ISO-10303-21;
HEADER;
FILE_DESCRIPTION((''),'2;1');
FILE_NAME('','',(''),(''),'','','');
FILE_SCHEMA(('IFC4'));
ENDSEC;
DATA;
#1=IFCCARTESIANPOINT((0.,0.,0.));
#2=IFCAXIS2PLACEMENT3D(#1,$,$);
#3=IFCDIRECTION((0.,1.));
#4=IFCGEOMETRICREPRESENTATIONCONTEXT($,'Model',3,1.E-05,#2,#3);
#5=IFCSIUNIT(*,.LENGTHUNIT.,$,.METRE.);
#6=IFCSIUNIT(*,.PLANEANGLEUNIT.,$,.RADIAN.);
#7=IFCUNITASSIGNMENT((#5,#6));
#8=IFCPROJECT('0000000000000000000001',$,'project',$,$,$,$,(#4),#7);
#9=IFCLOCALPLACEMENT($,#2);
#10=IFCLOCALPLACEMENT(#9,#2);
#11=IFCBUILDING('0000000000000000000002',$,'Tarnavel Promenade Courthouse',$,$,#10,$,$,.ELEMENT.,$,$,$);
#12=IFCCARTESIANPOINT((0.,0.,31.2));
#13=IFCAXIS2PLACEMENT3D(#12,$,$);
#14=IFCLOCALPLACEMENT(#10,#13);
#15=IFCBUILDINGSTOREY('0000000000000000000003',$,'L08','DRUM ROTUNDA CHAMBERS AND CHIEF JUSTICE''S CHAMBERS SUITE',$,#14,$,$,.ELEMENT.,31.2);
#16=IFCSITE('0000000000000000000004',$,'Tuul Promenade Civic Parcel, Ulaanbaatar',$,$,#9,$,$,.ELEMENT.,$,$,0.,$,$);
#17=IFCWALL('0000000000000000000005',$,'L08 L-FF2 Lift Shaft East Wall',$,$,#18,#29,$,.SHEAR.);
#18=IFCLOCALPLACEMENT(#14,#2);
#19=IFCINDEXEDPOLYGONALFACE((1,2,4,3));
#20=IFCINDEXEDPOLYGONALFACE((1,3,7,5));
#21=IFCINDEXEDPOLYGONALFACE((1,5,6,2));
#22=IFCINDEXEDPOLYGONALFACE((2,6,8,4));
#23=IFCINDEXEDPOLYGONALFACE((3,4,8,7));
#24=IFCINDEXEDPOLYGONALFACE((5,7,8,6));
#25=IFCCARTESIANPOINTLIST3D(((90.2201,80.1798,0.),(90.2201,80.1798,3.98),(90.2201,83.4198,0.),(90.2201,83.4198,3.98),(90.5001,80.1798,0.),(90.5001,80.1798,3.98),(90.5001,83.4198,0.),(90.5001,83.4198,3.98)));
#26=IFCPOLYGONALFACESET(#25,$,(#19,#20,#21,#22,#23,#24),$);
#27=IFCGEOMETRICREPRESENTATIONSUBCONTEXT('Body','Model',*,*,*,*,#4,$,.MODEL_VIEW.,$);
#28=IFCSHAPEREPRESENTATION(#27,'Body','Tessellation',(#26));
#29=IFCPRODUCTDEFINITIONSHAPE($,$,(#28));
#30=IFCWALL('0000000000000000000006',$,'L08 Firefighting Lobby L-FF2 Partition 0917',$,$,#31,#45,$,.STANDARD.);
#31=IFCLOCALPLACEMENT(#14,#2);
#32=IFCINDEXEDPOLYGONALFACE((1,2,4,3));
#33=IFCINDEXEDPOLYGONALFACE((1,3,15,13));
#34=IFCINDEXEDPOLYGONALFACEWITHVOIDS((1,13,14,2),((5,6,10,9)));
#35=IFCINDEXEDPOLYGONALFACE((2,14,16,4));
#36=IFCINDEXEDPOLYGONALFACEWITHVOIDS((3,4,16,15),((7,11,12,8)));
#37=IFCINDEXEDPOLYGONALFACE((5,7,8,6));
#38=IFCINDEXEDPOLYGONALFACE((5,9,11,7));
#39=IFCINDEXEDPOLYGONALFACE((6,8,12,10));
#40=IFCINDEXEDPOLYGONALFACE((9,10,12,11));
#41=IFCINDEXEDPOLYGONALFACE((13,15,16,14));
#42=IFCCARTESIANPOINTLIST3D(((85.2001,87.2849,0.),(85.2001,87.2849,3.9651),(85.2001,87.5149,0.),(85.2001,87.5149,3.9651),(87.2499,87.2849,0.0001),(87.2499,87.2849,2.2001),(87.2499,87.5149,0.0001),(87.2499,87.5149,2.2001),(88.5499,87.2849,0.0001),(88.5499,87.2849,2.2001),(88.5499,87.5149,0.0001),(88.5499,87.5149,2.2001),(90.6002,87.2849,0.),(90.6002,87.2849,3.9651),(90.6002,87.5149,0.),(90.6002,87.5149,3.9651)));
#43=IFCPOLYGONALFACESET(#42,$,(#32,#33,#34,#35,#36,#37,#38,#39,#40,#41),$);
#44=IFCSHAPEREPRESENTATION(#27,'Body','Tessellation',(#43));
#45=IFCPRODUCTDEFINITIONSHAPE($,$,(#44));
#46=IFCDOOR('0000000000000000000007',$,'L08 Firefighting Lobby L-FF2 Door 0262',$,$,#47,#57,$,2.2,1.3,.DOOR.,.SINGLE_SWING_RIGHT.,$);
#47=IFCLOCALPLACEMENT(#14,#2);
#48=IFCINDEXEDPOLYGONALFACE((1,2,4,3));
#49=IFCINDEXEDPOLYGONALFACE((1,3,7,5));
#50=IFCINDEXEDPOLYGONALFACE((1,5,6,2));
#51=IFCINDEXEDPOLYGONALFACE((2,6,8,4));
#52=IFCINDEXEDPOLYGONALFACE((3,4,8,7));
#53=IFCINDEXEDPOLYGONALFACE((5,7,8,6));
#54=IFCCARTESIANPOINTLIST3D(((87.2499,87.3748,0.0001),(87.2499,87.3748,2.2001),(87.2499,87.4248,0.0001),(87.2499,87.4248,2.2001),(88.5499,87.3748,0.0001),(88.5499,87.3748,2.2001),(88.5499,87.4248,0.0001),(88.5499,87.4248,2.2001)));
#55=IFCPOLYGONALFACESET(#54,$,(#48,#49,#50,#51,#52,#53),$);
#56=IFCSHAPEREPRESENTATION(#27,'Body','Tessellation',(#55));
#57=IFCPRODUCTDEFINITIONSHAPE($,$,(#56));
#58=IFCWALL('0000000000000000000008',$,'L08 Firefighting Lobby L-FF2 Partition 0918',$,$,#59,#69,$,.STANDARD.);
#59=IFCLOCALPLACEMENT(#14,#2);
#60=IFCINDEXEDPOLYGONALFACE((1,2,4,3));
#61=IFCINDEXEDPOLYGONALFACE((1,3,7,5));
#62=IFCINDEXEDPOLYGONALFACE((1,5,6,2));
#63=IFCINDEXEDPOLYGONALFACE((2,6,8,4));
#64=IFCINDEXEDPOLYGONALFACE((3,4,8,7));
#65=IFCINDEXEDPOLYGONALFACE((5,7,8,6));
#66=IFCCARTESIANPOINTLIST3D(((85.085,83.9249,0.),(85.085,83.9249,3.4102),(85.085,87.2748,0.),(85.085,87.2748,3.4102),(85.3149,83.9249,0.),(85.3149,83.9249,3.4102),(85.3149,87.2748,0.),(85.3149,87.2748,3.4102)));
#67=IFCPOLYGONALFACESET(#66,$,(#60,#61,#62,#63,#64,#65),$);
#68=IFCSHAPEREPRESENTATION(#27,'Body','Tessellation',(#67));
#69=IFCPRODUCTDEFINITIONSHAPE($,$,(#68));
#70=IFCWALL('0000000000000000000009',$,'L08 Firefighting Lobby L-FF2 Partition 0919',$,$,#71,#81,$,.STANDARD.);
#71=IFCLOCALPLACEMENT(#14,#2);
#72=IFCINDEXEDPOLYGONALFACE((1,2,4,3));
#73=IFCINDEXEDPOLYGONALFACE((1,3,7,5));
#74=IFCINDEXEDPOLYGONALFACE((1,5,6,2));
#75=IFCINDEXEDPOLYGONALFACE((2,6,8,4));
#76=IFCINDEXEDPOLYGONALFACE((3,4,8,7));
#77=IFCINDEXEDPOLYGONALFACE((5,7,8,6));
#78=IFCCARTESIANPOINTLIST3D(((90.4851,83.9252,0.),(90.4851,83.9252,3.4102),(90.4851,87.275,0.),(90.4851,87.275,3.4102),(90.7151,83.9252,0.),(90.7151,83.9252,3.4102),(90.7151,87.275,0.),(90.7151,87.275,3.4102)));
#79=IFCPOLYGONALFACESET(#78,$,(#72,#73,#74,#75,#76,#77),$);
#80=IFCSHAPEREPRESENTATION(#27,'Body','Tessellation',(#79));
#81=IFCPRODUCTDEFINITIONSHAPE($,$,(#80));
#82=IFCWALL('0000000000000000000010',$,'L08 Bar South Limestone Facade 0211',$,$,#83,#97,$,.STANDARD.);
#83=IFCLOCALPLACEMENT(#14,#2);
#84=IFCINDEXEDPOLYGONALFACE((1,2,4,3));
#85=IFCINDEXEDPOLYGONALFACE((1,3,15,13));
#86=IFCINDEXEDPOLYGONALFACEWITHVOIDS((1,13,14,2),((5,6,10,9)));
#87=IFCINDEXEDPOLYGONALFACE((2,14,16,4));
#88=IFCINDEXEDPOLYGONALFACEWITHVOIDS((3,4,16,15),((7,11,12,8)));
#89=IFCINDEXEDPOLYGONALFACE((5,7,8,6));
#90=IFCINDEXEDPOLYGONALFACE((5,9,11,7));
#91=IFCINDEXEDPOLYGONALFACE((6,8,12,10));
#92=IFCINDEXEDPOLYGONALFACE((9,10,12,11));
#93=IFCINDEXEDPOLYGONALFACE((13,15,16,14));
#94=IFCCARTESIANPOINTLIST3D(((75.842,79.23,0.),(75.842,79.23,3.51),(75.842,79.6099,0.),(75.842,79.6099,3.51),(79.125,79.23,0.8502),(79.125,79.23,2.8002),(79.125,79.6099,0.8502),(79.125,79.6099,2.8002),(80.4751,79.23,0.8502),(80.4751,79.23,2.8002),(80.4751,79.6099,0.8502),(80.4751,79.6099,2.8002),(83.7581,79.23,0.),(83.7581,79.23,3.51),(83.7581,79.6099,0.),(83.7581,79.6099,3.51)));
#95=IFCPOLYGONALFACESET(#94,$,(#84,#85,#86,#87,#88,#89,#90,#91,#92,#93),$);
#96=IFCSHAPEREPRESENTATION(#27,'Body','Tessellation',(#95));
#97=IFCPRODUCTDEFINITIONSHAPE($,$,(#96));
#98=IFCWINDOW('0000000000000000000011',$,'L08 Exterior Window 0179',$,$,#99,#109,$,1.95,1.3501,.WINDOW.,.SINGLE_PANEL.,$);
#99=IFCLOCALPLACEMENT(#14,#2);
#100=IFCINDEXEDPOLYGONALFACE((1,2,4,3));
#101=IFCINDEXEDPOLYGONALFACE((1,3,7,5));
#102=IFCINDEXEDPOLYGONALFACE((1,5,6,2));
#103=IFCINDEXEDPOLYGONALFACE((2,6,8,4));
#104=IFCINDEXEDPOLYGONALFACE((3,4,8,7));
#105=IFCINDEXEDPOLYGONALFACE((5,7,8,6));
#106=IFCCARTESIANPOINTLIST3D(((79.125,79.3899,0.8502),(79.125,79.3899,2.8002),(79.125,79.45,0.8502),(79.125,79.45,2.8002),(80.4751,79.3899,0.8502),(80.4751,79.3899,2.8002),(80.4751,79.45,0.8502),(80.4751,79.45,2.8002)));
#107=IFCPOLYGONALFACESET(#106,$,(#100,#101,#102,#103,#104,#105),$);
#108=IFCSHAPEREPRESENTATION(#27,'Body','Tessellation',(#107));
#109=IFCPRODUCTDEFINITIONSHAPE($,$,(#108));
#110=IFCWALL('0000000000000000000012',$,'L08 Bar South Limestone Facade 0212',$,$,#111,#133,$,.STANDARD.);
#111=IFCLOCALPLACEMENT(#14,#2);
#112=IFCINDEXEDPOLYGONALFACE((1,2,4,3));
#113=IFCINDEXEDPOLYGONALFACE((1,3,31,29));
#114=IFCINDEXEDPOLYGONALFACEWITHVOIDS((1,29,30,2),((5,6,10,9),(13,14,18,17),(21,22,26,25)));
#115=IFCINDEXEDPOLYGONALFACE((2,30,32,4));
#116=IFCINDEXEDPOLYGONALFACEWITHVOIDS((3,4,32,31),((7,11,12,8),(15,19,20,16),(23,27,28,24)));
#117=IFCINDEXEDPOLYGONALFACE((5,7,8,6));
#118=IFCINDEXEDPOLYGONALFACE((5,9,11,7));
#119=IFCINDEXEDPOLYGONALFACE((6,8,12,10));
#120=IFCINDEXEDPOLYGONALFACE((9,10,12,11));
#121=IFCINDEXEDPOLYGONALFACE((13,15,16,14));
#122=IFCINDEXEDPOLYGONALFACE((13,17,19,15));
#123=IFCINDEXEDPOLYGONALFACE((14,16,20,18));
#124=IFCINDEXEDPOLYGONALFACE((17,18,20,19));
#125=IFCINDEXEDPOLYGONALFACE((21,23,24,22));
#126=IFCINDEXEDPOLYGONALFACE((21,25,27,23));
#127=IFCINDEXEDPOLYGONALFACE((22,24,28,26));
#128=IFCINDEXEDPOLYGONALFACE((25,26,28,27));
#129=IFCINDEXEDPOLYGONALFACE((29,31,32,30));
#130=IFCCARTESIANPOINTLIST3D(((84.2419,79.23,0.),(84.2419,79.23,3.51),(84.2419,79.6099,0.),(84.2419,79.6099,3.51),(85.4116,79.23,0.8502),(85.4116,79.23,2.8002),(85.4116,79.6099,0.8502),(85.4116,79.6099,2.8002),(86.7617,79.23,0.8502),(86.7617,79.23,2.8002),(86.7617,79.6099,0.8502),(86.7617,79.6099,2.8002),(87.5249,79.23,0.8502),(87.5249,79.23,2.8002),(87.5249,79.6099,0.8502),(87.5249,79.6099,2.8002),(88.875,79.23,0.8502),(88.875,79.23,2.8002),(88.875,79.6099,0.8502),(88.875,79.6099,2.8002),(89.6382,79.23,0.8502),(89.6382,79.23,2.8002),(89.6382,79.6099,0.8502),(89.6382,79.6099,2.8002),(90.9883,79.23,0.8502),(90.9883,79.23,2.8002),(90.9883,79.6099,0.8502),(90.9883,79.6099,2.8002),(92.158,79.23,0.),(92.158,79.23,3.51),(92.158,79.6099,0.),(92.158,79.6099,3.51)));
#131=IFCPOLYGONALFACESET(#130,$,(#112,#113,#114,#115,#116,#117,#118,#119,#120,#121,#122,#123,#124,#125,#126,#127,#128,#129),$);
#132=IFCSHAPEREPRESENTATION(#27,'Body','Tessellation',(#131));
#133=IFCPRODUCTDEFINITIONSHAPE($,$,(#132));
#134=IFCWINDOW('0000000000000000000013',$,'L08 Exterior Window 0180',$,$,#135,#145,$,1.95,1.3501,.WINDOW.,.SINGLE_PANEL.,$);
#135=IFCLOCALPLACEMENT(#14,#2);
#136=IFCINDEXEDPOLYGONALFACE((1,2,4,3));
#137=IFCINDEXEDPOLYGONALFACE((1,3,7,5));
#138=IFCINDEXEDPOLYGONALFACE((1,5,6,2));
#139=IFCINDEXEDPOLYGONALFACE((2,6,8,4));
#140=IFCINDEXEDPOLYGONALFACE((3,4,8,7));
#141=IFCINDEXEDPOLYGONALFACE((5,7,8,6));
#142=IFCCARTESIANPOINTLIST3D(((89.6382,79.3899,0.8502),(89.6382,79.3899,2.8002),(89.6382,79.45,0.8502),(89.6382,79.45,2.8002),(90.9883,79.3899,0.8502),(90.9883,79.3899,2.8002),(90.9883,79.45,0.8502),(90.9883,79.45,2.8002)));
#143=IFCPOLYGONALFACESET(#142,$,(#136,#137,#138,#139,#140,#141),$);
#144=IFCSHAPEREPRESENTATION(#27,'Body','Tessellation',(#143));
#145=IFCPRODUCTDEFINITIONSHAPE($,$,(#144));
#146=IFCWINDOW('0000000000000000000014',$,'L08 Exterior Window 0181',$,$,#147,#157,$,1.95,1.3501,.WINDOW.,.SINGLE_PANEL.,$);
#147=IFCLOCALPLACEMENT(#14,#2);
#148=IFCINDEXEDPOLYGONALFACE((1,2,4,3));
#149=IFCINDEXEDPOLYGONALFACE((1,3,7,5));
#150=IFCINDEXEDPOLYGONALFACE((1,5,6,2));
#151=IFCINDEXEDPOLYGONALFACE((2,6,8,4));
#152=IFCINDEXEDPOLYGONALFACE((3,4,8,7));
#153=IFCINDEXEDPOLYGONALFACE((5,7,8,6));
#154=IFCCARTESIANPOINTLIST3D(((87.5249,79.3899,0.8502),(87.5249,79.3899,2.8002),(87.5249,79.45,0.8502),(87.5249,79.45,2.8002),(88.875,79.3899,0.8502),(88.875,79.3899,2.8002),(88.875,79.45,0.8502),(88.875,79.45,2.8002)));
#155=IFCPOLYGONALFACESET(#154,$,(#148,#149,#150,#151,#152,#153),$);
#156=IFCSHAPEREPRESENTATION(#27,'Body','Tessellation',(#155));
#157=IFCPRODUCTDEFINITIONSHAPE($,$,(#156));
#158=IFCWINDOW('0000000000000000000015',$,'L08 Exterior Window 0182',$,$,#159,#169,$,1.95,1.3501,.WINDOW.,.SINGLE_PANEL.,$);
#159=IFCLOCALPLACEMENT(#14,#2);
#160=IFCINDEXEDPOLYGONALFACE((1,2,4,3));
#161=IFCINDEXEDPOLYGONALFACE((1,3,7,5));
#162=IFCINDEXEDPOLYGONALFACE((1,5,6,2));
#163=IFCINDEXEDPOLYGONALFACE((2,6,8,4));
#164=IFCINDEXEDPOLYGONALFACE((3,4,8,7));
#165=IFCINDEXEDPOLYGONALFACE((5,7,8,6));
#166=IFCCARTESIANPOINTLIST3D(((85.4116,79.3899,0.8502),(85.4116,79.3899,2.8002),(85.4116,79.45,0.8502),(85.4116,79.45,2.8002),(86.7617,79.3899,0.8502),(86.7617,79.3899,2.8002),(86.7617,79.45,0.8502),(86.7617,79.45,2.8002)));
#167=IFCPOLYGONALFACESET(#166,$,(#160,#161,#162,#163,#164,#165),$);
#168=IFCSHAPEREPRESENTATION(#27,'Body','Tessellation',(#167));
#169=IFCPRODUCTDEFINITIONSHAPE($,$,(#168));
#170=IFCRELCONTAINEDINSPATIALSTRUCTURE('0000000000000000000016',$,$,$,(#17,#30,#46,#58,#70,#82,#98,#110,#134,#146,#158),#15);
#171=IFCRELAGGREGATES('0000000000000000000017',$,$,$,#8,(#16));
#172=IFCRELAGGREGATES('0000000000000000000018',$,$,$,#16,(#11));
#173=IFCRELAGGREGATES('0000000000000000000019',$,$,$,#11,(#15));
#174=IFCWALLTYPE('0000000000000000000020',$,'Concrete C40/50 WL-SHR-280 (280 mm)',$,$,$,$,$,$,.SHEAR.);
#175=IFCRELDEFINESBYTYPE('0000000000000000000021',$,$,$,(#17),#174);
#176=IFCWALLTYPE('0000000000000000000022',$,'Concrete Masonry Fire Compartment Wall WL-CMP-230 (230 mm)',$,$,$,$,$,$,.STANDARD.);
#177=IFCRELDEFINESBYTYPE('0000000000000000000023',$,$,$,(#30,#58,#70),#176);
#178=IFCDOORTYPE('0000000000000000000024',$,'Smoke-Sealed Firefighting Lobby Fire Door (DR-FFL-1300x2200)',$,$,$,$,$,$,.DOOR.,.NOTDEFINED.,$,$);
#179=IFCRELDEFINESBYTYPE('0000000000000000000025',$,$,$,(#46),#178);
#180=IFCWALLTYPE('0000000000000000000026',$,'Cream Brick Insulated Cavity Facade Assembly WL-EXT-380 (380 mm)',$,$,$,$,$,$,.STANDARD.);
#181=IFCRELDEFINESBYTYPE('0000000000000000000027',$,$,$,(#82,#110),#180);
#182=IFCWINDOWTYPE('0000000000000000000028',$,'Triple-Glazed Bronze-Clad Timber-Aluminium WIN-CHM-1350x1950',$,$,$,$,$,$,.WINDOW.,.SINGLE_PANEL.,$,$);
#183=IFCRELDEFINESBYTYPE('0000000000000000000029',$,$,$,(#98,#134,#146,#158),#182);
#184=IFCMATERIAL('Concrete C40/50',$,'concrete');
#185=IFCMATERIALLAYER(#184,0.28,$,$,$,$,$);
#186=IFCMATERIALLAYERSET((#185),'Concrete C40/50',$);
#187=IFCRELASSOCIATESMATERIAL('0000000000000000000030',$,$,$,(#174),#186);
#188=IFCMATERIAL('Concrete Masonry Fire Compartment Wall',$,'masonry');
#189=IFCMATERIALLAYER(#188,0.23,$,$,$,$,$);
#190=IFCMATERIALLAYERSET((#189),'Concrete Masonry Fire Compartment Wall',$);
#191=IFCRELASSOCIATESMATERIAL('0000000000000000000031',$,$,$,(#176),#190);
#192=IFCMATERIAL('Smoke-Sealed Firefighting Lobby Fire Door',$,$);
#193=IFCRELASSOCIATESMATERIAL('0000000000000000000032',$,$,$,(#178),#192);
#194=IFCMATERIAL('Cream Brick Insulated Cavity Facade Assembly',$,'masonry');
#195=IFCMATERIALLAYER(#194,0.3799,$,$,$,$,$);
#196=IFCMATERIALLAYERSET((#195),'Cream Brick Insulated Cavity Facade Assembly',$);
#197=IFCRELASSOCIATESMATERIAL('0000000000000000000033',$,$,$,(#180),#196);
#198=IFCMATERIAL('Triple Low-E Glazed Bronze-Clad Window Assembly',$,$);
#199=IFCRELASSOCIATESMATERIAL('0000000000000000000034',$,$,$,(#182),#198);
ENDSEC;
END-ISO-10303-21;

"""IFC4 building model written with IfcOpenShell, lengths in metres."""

from ifc_helpers import new_model, si_unit, direction, frame, frame_2d, origin, place, context, subcontext, project, spatial, rectangle, extrude, material, layer, layer_set, type_object, element, fill, save


model = new_model("IFC4")

# Units and contexts
model_context = context("Model", 3, precision=1e-05, world=origin(), true_north=direction((0.0, 1.0)))
body_context = subcontext(model_context, "Body", "Model", "MODEL_VIEW")
ifc_project = project(units=[si_unit("LENGTHUNIT", "METRE"), si_unit("PLANEANGLEUNIT", "RADIAN")], contexts=[model_context])

# Site, building, storey
site_placement = place(None, origin())
site = spatial("IfcSite", under=ifc_project, at=site_placement, Name="Tuul Promenade Civic Parcel, Ulaanbaatar", CompositionType="ELEMENT", RefElevation=0.0)
building_placement = place(site_placement, origin())
building = spatial("IfcBuilding", under=site, at=building_placement, Name="Tarnavel Promenade Courthouse", CompositionType="ELEMENT")
storey_placement = place(building_placement, frame((0.0, 0.0, 31.2)))
storey = spatial("IfcBuildingStorey", under=building, at=storey_placement, Name="L08", Description="DRUM ROTUNDA CHAMBERS AND CHIEF JUSTICE'S CHAMBERS SUITE", CompositionType="ELEMENT", Elevation=31.2)

# Shared definitions
ifc_material_1 = material(Name="Concrete C40/50", Category="concrete")

# Shared definitions
ifc_layer_1 = layer(ifc_material_1, 0.28)
ifc_layer_set_1 = layer_set([ifc_layer_1], Name="Concrete C40/50")
wall_type_1 = type_object("IfcWallType", Name="Concrete C40/50 WL-SHR-280 (280 mm)", PredefinedType="SHEAR", material=ifc_layer_set_1)

# Wall
for number, where, z_axis, x_axis, name in (
    (1, (90.3601, 83.4199, 0.0), (0.0, 0.0, 1.0), (0.0, -1.0, 0.0), "L08 L-FF2 Lift Shaft East Wall"),
):
    element("IfcWall", number, at=place(storey_placement, frame(where, z_axis=z_axis, x_axis=x_axis)), inside=storey, type_object=wall_type_1, Name=name, PredefinedType="SHEAR", context=body_context, shape_type="SweptSolid", body=[
        extrude(rectangle(XDim=3.24, YDim=0.28, at=frame_2d((1.6201, 0.0))), origin(), (0.0, 0.0, 1.0), 3.98),
    ])

# Wall, opening, door
ifc_material_2 = material(Name="Concrete Masonry Fire Compartment Wall", Category="masonry")
ifc_layer_2 = layer(ifc_material_2, 0.23)
ifc_layer_set_2 = layer_set([ifc_layer_2], Name="Concrete Masonry Fire Compartment Wall")
wall_type_2 = type_object("IfcWallType", Name="Concrete Masonry Fire Compartment Wall WL-CMP-230 (230 mm)", PredefinedType="STANDARD", material=ifc_layer_set_2)
wall_1_placement = place(storey_placement, frame((85.2, 87.3999, 0.0), z_axis=(0.0, 0.0, 1.0), x_axis=(1.0, 0.0, 0.0)))
wall_1 = element("IfcWall", 2, at=wall_1_placement, inside=storey, type_object=wall_type_2, Name="L08 Firefighting Lobby L-FF2 Partition 0917", PredefinedType="STANDARD", context=body_context, shape_type="SweptSolid", body=[
    extrude(rectangle(XDim=5.4001, YDim=0.23, at=frame_2d((2.7002, 0.0))), origin(), (0.0, 0.0, 1.0), 3.9651),
])
opening_1_placement = place(wall_1_placement, frame((2.05, 0.0, 0.0)))
opening_1 = element("IfcOpeningElement", 3, at=opening_1_placement, cuts=wall_1, PredefinedType="OPENING", context=body_context, shape_type="SweptSolid", body=[
    extrude(rectangle(XDim=1.3, YDim=2.2, at=frame_2d((0.6499, 1.1001))), frame((0.0, 0.125, 0.0), z_axis=(0.0, -1.0, 0.0), x_axis=(1.0, 0.0, 0.0)), (0.0, 0.0, 1.0), 0.25),
])
ifc_material_3 = material(Name="Smoke-Sealed Firefighting Lobby Fire Door")
door_type_1 = type_object("IfcDoorType", Name="Smoke-Sealed Firefighting Lobby Fire Door (DR-FFL-1300x2200)", OperationType="NOTDEFINED", PredefinedType="DOOR", material=ifc_material_3)
door_1_placement = place(opening_1_placement, origin())
door_1 = element("IfcDoor", 4, at=door_1_placement, inside=storey, type_object=door_type_1, Name="L08 Firefighting Lobby L-FF2 Door 0262", OperationType="SINGLE_SWING_RIGHT", OverallHeight=2.2, OverallWidth=1.3, PredefinedType="DOOR", context=body_context, shape_type="SweptSolid", body=[
    extrude(rectangle(XDim=1.3, YDim=2.2, at=frame_2d((0.6499, 1.1001))), frame((0.0, 0.0249, 0.0), z_axis=(0.0, -1.0, 0.0), x_axis=(1.0, 0.0, 0.0)), (0.0, 0.0, 1.0), 0.05),
])
fill(opening_1, door_1)

# Walls
for number, where, z_axis, x_axis, name in (
    (5, (85.2, 83.925, 0.0), (0.0, 0.0, 1.0), (0.0, 1.0, 0.0), "L08 Firefighting Lobby L-FF2 Partition 0918"),
    (6, (90.6001, 87.2749, 0.0), (0.0, 0.0, 1.0), (0.0, -1.0, 0.0), "L08 Firefighting Lobby L-FF2 Partition 0919"),
):
    element("IfcWall", number, at=place(storey_placement, frame(where, z_axis=z_axis, x_axis=x_axis)), inside=storey, type_object=wall_type_2, Name=name, PredefinedType="STANDARD", context=body_context, shape_type="SweptSolid", body=[
        extrude(rectangle(XDim=3.3499, YDim=0.23, at=frame_2d((1.6748, 0.0))), origin(), (0.0, 0.0, 1.0), 3.4102),
    ])

# Wall, opening, window
ifc_material_4 = material(Name="Cream Brick Insulated Cavity Facade Assembly", Category="masonry")
ifc_layer_3 = layer(ifc_material_4, 0.3799)
ifc_layer_set_3 = layer_set([ifc_layer_3], Name="Cream Brick Insulated Cavity Facade Assembly")
wall_type_3 = type_object("IfcWallType", Name="Cream Brick Insulated Cavity Facade Assembly WL-EXT-380 (380 mm)", PredefinedType="STANDARD", material=ifc_layer_set_3)
wall_2_placement = place(storey_placement, frame((83.7581, 79.4199, 0.0), z_axis=(0.0, 0.0, 1.0), x_axis=(-1.0, 0.0, 0.0)))
wall_2 = element("IfcWall", 7, at=wall_2_placement, inside=storey, type_object=wall_type_3, Name="L08 Bar South Limestone Facade 0211", PredefinedType="STANDARD", context=body_context, shape_type="SweptSolid", body=[
    extrude(rectangle(XDim=7.916, YDim=0.3799, at=frame_2d((3.958, 0.0))), origin(), (0.0, 0.0, 1.0), 3.51),
])
opening_2_placement = place(wall_2_placement, frame((3.283, 0.0, 0.8501)))
opening_2 = element("IfcOpeningElement", 8, at=opening_2_placement, cuts=wall_2, PredefinedType="OPENING", context=body_context, shape_type="SweptSolid", body=[
    extrude(rectangle(XDim=1.3501, YDim=1.95, at=frame_2d((0.675, 0.9751))), frame((0.0, 0.2, 0.0), z_axis=(0.0, -1.0, 0.0), x_axis=(1.0, 0.0, 0.0)), (0.0, 0.0, 1.0), 0.3999),
])
ifc_material_5 = material(Name="Triple Low-E Glazed Bronze-Clad Window Assembly")
window_type = type_object("IfcWindowType", Name="Triple-Glazed Bronze-Clad Timber-Aluminium WIN-CHM-1350x1950", PartitioningType="SINGLE_PANEL", PredefinedType="WINDOW", material=ifc_material_5)
window_1_placement = place(opening_2_placement, origin())
window_1 = element("IfcWindow", 9, at=window_1_placement, inside=storey, type_object=window_type, Name="L08 Exterior Window 0179", OverallHeight=1.95, OverallWidth=1.3501, PartitioningType="SINGLE_PANEL", PredefinedType="WINDOW", context=body_context, shape_type="SweptSolid", body=[
    extrude(rectangle(XDim=1.3501, YDim=1.95, at=frame_2d((0.675, 0.9751))), frame((0.0, 0.03, 0.0), z_axis=(0.0, -1.0, 0.0), x_axis=(1.0, 0.0, 0.0)), (0.0, 0.0, 1.0), 0.0601),
])
fill(opening_2, window_1)

# Wall, openings, windows
wall_3_placement = place(storey_placement, frame((92.158, 79.4199, 0.0), z_axis=(0.0, 0.0, 1.0), x_axis=(-1.0, 0.0, 0.0)))
wall_3 = element("IfcWall", 10, at=wall_3_placement, inside=storey, type_object=wall_type_3, Name="L08 Bar South Limestone Facade 0212", PredefinedType="STANDARD", context=body_context, shape_type="SweptSolid", body=[
    extrude(rectangle(XDim=7.916, YDim=0.3799, at=frame_2d((3.958, 0.0))), origin(), (0.0, 0.0, 1.0), 3.51),
])
opening_3_placement = place(wall_3_placement, frame((1.1697, 0.0, 0.8501)))
opening_3 = element("IfcOpeningElement", 11, at=opening_3_placement, cuts=wall_3, PredefinedType="OPENING", context=body_context, shape_type="SweptSolid", body=[
    extrude(rectangle(XDim=1.3501, YDim=1.95, at=frame_2d((0.675, 0.9751))), frame((0.0, 0.2, 0.0), z_axis=(0.0, -1.0, 0.0), x_axis=(1.0, 0.0, 0.0)), (0.0, 0.0, 1.0), 0.3999),
])
opening_4_placement = place(wall_3_placement, frame((3.283, 0.0, 0.8501)))
opening_4 = element("IfcOpeningElement", 12, at=opening_4_placement, cuts=wall_3, PredefinedType="OPENING", context=body_context, shape_type="SweptSolid", body=[
    extrude(rectangle(XDim=1.3501, YDim=1.95, at=frame_2d((0.675, 0.9751))), frame((0.0, 0.2, 0.0), z_axis=(0.0, -1.0, 0.0), x_axis=(1.0, 0.0, 0.0)), (0.0, 0.0, 1.0), 0.3999),
])
opening_5_placement = place(wall_3_placement, frame((5.3962, 0.0, 0.8501)))
opening_5 = element("IfcOpeningElement", 13, at=opening_5_placement, cuts=wall_3, PredefinedType="OPENING", context=body_context, shape_type="SweptSolid", body=[
    extrude(rectangle(XDim=1.3501, YDim=1.95, at=frame_2d((0.675, 0.9751))), frame((0.0, 0.2, 0.0), z_axis=(0.0, -1.0, 0.0), x_axis=(1.0, 0.0, 0.0)), (0.0, 0.0, 1.0), 0.3999),
])
window_2_placement = place(opening_3_placement, origin())
window_2 = element("IfcWindow", 14, at=window_2_placement, inside=storey, type_object=window_type, Name="L08 Exterior Window 0180", OverallHeight=1.95, OverallWidth=1.3501, PartitioningType="SINGLE_PANEL", PredefinedType="WINDOW", context=body_context, shape_type="SweptSolid", body=[
    extrude(rectangle(XDim=1.3501, YDim=1.95, at=frame_2d((0.675, 0.9751))), frame((0.0, 0.03, 0.0), z_axis=(0.0, -1.0, 0.0), x_axis=(1.0, 0.0, 0.0)), (0.0, 0.0, 1.0), 0.0601),
])
fill(opening_3, window_2)
window_3_placement = place(opening_4_placement, origin())
window_3 = element("IfcWindow", 15, at=window_3_placement, inside=storey, type_object=window_type, Name="L08 Exterior Window 0181", OverallHeight=1.95, OverallWidth=1.3501, PartitioningType="SINGLE_PANEL", PredefinedType="WINDOW", context=body_context, shape_type="SweptSolid", body=[
    extrude(rectangle(XDim=1.3501, YDim=1.95, at=frame_2d((0.675, 0.9751))), frame((0.0, 0.03, 0.0), z_axis=(0.0, -1.0, 0.0), x_axis=(1.0, 0.0, 0.0)), (0.0, 0.0, 1.0), 0.0601),
])
fill(opening_4, window_3)
window_4_placement = place(opening_5_placement, origin())
window_4 = element("IfcWindow", 16, at=window_4_placement, inside=storey, type_object=window_type, Name="L08 Exterior Window 0182", OverallHeight=1.95, OverallWidth=1.3501, PartitioningType="SINGLE_PANEL", PredefinedType="WINDOW", context=body_context, shape_type="SweptSolid", body=[
    extrude(rectangle(XDim=1.3501, YDim=1.95, at=frame_2d((0.675, 0.9751))), frame((0.0, 0.03, 0.0), z_axis=(0.0, -1.0, 0.0), x_axis=(1.0, 0.0, 0.0)), (0.0, 0.0, 1.0), 0.0601),
])
fill(opening_5, window_4)

save(model, "model.ifc")
